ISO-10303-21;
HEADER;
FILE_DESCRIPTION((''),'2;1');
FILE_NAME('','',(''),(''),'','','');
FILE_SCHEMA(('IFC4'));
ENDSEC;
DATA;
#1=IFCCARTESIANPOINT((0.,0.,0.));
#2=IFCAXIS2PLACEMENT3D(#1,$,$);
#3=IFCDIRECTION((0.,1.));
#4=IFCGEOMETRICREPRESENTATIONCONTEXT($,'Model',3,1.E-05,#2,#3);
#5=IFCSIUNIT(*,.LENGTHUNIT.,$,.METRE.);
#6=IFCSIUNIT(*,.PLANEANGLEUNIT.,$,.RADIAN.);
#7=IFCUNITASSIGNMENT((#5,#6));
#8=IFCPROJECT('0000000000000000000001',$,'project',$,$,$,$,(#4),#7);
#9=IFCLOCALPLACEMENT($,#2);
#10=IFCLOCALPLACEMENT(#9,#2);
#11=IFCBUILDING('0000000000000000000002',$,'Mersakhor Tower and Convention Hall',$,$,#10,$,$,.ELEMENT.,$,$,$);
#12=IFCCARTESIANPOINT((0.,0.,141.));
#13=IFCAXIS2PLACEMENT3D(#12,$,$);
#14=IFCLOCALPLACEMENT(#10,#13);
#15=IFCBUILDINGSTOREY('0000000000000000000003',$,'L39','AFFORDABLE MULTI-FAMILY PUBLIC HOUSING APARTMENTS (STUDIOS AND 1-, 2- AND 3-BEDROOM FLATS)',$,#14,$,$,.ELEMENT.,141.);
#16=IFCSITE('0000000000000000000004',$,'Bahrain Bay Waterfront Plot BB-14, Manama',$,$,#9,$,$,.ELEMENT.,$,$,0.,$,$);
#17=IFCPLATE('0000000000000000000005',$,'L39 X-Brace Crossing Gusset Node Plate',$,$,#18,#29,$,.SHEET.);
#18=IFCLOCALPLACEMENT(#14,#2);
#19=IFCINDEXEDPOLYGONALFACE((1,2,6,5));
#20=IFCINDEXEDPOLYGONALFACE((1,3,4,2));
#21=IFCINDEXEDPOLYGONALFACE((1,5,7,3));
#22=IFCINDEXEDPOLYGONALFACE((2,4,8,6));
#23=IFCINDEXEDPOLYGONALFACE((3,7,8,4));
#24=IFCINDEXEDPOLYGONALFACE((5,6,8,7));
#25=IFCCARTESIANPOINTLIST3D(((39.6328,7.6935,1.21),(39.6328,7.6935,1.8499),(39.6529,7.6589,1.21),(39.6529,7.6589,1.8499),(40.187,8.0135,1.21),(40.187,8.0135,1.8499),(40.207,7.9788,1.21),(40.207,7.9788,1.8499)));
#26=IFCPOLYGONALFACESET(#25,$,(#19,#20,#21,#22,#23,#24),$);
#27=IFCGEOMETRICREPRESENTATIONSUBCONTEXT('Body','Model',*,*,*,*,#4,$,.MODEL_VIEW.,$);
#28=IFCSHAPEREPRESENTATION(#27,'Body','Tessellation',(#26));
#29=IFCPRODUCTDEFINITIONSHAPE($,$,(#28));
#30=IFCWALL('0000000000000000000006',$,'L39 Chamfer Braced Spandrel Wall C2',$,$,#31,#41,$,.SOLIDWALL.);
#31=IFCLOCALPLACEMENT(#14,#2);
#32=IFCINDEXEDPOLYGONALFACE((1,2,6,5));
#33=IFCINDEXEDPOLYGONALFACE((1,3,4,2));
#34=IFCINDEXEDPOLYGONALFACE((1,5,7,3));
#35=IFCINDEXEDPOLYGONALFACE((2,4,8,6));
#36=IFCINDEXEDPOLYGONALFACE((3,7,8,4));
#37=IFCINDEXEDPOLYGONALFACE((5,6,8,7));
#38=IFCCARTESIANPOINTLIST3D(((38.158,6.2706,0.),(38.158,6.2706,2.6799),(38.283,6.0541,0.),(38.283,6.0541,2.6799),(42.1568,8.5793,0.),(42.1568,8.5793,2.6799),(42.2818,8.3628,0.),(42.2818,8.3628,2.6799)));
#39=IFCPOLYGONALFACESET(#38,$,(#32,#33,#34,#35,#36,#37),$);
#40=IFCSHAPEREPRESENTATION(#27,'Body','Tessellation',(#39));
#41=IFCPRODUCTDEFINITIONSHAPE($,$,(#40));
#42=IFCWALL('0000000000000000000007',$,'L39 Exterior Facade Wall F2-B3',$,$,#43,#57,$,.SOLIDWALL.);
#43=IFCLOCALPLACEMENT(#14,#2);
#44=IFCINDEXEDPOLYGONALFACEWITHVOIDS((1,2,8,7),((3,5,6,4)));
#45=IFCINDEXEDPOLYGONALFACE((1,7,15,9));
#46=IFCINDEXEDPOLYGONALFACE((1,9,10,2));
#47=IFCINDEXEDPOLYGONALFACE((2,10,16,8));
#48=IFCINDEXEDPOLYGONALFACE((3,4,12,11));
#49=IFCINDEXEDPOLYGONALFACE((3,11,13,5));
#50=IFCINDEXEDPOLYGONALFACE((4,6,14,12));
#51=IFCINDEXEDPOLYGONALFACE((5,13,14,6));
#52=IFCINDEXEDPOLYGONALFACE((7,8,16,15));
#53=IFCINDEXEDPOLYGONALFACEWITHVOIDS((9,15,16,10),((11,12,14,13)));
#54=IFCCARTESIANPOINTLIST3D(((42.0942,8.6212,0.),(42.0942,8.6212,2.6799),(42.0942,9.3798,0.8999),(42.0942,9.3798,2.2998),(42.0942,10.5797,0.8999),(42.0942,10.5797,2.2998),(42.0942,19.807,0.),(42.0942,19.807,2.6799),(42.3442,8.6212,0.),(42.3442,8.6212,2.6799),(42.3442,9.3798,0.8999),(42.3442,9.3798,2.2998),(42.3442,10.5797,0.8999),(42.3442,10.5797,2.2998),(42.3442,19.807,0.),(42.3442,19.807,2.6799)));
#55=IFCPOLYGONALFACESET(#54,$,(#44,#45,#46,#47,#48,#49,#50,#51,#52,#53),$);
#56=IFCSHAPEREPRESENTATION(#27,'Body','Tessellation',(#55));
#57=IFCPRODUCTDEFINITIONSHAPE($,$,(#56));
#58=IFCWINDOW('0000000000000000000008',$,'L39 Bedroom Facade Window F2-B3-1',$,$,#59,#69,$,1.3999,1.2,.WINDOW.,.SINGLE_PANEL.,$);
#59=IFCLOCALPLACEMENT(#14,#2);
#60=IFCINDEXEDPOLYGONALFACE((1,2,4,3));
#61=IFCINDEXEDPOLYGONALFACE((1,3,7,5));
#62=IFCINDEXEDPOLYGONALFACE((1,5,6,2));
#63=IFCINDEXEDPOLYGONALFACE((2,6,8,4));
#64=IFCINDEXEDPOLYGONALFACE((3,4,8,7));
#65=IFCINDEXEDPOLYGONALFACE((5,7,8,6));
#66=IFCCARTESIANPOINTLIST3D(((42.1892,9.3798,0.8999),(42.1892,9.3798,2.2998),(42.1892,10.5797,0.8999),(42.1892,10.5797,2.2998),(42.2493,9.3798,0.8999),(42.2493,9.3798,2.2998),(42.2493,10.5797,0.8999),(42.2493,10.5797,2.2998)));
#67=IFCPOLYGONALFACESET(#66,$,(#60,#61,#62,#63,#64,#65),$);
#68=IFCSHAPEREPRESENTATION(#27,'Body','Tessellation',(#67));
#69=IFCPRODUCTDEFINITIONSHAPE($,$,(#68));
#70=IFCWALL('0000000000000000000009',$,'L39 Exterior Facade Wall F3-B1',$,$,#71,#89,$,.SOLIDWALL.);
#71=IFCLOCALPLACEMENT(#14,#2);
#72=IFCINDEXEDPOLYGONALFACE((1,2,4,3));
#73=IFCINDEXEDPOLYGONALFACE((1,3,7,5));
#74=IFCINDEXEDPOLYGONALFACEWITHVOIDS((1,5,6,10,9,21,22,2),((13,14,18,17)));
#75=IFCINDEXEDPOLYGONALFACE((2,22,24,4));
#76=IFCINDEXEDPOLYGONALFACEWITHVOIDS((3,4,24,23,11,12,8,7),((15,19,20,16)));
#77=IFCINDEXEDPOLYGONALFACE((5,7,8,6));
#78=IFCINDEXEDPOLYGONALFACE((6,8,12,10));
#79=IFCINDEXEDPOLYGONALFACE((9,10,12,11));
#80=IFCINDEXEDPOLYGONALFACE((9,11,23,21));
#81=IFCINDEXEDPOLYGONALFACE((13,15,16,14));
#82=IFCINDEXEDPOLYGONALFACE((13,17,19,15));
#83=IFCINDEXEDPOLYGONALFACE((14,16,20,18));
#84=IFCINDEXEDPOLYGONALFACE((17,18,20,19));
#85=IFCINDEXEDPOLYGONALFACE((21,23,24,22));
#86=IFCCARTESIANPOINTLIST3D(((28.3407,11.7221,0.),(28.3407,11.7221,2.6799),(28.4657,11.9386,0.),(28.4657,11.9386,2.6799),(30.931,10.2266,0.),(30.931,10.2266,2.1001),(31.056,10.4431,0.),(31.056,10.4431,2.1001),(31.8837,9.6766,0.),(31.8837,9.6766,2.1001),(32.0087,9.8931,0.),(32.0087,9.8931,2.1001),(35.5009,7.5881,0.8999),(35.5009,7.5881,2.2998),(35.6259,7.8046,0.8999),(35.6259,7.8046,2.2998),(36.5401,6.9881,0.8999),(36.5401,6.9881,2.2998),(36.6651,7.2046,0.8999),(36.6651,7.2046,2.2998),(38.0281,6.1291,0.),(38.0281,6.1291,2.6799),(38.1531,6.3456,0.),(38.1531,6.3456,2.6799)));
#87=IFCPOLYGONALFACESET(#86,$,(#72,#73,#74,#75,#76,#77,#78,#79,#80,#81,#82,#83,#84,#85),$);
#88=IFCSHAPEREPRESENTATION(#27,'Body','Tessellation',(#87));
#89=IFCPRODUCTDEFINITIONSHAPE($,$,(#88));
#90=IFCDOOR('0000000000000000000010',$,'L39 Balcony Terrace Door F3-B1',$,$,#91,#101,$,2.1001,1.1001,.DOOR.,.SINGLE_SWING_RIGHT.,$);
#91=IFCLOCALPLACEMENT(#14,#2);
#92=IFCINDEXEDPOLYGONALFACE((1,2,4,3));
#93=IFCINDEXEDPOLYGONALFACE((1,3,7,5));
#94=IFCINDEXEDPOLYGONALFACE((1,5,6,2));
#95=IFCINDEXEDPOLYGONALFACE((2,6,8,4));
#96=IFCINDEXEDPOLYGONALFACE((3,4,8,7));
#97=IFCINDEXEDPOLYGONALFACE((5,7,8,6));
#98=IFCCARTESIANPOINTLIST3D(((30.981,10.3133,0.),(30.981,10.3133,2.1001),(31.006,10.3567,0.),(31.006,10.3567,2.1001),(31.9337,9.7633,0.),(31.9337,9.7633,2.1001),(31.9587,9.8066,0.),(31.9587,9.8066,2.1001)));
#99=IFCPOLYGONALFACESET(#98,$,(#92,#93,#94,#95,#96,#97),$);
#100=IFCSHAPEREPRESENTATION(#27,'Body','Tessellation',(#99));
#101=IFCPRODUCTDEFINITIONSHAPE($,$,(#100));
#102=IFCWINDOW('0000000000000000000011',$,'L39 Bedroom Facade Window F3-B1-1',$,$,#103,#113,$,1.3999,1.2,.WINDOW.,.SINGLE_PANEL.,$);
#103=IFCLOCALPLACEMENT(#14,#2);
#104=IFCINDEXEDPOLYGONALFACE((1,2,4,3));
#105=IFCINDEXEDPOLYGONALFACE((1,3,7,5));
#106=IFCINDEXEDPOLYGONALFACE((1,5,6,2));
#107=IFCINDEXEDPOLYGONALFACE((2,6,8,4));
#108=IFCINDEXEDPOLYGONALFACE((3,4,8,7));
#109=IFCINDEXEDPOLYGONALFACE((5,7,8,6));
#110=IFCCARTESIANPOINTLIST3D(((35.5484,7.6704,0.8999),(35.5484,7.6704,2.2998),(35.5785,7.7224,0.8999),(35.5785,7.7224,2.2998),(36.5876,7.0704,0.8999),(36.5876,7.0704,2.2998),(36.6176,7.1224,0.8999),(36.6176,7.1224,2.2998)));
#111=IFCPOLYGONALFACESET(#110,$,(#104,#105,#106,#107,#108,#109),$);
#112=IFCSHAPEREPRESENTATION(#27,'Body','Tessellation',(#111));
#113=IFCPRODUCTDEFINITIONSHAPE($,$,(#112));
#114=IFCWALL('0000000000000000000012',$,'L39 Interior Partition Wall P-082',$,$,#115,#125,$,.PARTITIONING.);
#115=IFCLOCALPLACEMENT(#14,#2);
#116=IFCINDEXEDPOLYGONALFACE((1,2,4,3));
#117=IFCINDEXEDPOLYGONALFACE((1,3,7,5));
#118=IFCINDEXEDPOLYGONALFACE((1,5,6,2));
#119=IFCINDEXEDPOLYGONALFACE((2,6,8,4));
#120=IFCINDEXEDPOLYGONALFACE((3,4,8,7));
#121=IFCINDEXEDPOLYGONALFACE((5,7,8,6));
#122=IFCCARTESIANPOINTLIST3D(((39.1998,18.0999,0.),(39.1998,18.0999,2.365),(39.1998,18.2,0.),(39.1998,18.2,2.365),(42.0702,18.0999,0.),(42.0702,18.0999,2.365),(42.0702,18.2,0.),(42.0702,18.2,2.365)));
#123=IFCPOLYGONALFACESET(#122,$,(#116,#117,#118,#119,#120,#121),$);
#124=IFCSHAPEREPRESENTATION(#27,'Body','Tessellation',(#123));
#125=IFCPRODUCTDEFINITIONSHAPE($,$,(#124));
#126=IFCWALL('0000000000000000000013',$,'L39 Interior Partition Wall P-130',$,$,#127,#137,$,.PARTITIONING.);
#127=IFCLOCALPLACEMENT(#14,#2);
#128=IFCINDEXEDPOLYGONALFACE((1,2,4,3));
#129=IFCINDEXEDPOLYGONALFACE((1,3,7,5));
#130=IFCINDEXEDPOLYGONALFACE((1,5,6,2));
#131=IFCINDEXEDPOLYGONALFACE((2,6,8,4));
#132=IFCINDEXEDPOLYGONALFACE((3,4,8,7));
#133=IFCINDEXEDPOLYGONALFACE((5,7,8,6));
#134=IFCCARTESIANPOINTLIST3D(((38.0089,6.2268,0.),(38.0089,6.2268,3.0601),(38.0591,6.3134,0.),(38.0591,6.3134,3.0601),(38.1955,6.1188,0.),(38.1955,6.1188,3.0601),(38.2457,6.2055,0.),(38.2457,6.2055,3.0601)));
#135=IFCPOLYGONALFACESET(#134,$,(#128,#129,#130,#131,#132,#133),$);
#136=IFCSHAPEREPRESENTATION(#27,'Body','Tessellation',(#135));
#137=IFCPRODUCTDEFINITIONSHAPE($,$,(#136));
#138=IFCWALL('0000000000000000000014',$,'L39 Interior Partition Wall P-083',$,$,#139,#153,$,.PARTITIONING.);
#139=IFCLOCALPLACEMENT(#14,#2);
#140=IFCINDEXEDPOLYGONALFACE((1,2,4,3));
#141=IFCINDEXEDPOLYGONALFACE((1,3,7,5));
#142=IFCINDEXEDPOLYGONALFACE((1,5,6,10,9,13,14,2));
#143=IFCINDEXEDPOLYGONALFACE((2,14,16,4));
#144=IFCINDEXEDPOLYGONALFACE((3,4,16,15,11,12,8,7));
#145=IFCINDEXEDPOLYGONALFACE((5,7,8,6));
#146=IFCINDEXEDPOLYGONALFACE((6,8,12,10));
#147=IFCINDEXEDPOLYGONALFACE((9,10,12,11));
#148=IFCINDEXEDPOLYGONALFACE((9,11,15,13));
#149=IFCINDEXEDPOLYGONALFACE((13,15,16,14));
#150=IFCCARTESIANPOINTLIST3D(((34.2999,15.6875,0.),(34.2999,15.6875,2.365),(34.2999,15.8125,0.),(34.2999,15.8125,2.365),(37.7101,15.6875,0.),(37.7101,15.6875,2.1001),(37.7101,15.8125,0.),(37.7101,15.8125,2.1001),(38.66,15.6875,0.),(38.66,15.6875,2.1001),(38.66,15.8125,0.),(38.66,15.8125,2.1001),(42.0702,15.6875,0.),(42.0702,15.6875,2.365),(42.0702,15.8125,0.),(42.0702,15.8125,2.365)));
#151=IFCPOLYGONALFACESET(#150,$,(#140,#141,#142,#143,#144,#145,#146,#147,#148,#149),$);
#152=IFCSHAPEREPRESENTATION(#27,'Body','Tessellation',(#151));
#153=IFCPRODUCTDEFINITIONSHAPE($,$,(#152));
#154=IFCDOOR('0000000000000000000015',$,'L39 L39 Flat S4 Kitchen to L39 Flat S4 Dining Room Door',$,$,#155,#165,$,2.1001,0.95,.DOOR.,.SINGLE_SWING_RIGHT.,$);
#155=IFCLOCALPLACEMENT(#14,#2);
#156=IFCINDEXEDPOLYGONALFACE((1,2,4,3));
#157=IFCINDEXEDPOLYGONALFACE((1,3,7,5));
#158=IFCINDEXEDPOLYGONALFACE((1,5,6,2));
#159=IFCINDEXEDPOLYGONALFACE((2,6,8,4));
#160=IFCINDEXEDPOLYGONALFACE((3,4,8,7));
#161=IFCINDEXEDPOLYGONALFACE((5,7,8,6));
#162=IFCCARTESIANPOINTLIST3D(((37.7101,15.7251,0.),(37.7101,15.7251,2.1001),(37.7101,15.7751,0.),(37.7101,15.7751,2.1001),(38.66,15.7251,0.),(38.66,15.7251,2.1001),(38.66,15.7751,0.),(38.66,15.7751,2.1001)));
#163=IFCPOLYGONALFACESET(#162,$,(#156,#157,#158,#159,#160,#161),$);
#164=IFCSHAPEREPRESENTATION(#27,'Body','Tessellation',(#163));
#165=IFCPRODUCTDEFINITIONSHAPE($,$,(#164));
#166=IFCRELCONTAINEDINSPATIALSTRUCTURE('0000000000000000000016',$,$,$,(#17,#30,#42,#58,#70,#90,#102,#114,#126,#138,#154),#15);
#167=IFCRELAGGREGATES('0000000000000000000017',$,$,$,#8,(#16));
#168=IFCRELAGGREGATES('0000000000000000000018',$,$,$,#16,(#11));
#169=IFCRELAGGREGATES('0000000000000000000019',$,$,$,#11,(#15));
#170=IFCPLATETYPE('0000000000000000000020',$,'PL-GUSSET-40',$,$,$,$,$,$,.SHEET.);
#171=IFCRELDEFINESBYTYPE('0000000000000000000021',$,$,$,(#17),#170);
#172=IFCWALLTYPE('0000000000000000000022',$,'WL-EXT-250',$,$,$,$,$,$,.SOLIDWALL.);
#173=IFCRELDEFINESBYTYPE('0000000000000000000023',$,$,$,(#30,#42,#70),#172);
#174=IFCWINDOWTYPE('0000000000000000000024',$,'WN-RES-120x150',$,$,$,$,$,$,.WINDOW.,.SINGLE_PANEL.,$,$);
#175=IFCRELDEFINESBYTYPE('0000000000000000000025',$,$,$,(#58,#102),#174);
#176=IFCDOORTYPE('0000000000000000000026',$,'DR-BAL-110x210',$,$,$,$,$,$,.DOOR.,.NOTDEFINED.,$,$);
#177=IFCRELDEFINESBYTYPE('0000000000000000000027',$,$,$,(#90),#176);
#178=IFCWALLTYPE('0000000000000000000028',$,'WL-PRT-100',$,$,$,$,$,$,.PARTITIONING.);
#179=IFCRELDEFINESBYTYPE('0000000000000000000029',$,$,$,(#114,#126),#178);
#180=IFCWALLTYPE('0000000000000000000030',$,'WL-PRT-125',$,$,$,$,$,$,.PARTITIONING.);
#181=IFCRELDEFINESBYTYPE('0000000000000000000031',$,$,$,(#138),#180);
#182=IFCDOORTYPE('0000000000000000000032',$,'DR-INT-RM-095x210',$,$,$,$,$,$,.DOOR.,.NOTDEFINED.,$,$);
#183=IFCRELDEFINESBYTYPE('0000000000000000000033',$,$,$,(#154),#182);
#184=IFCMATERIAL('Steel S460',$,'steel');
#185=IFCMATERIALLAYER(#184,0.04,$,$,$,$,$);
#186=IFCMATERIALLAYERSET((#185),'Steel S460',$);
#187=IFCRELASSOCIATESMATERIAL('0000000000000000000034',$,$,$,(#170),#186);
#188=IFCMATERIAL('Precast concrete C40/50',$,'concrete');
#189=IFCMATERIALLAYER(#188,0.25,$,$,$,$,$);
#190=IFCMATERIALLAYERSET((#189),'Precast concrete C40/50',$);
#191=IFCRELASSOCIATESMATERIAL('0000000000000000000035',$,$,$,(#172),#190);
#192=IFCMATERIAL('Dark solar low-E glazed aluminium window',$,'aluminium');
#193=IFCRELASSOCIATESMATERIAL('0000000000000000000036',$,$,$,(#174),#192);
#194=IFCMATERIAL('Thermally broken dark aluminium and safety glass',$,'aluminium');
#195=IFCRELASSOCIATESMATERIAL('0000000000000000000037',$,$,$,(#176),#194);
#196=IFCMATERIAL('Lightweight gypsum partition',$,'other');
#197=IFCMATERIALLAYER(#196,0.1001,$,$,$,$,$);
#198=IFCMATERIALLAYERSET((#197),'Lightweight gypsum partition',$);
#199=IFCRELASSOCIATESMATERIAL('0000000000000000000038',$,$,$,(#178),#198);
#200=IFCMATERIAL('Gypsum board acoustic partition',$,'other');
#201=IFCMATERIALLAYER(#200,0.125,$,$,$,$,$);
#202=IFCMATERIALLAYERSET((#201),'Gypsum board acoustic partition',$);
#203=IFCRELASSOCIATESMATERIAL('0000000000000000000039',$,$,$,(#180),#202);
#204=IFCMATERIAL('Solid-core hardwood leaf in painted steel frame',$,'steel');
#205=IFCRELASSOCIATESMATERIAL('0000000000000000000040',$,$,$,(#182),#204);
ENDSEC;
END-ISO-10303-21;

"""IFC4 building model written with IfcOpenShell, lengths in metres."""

from ifc_helpers import new_model, si_unit, direction, frame, frame_2d, origin, origin_2d, place, context, subcontext, project, spatial, rectangle, extrude, material, layer, layer_set, type_object, element, fill, save


model = new_model("IFC4")

# Units and contexts
model_context = context("Model", 3, precision=1e-05, world=origin(), true_north=direction((0.0, 1.0)))
body_context = subcontext(model_context, "Body", "Model", "MODEL_VIEW")
ifc_project = project(units=[si_unit("LENGTHUNIT", "METRE"), si_unit("PLANEANGLEUNIT", "RADIAN")], contexts=[model_context])

# Site, building, storey
site_placement = place(None, origin())
site = spatial("IfcSite", under=ifc_project, at=site_placement, Name="Bahrain Bay Waterfront Plot BB-14, Manama", CompositionType="ELEMENT", RefElevation=0.0)
building_placement = place(site_placement, origin())
building = spatial("IfcBuilding", under=site, at=building_placement, Name="Mersakhor Tower and Convention Hall", CompositionType="ELEMENT")
storey_placement = place(building_placement, frame((0.0, 0.0, 141.0)))
storey = spatial("IfcBuildingStorey", under=building, at=storey_placement, Name="L39", Description="AFFORDABLE MULTI-FAMILY PUBLIC HOUSING APARTMENTS (STUDIOS AND 1-, 2- AND 3-BEDROOM FLATS)", CompositionType="ELEMENT", Elevation=141.0)

# Plate
ifc_material_1 = material(Name="Steel S460", Category="steel")
ifc_layer_1 = layer(ifc_material_1, 0.04)
ifc_layer_set_1 = layer_set([ifc_layer_1], Name="Steel S460")
plate_type_1 = type_object("IfcPlateType", Name="PL-GUSSET-40", PredefinedType="SHEET", material=ifc_layer_set_1)
plate_1_placement = place(storey_placement, frame((39.9199, 7.8362, 1.21), z_axis=(0.0, 0.0, 1.0), x_axis=(0.866025, 0.5, 0.0)))
element("IfcPlate", 1, at=plate_1_placement, inside=storey, type_object=plate_type_1, Name="L39 X-Brace Crossing Gusset Node Plate", PredefinedType="SHEET", context=body_context, shape_type="SweptSolid", body=[
    extrude(rectangle(XDim=0.6399, YDim=0.04, at=origin_2d()), origin(), (0.0, 0.0, 1.0), 0.6399),
])

# Wall
ifc_material_2 = material(Name="Precast concrete C40/50", Category="concrete")
ifc_layer_2 = layer(ifc_material_2, 0.25)
ifc_layer_set_2 = layer_set([ifc_layer_2], Name="Precast concrete C40/50")
wall_type_1 = type_object("IfcWallType", Name="WL-EXT-250", PredefinedType="SOLIDWALL", material=ifc_layer_set_2)
wall_1_placement = place(storey_placement, frame((42.2192, 8.4709, 0.0), z_axis=(0.0, 0.0, 1.0), x_axis=(-0.866035, -0.499983, 0.0)))
element("IfcWall", 2, at=wall_1_placement, inside=storey, type_object=wall_type_1, Name="L39 Chamfer Braced Spandrel Wall C2", PredefinedType="SOLIDWALL", context=body_context, shape_type="SweptSolid", body=[
    extrude(rectangle(XDim=4.6174, YDim=0.25, at=frame_2d((2.3086, 0.0))), origin(), (0.0, 0.0, 1.0), 2.6799),
])

# Wall, opening, window
wall_2_placement = place(storey_placement, frame((42.2192, 19.8069, 0.0), z_axis=(0.0, 0.0, 1.0), x_axis=(0.0, -1.0, 0.0)))
wall_2 = element("IfcWall", 3, at=wall_2_placement, inside=storey, type_object=wall_type_1, Name="L39 Exterior Facade Wall F2-B3", PredefinedType="SOLIDWALL", context=body_context, shape_type="SweptSolid", body=[
    extrude(rectangle(XDim=11.1858, YDim=0.25, at=frame_2d((5.5928, 0.0))), origin(), (0.0, 0.0, 1.0), 2.6799),
])
opening_1_placement = place(wall_2_placement, frame((9.2271, 0.0, 0.8999)))
opening_1 = element("IfcOpeningElement", 4, at=opening_1_placement, cuts=wall_2, PredefinedType="OPENING", context=body_context, shape_type="SweptSolid", body=[
    extrude(rectangle(XDim=1.2, YDim=1.3999, at=frame_2d((0.6001, 0.7))), frame((0.0, 0.135, 0.0), z_axis=(0.0, -1.0, 0.0), x_axis=(1.0, 0.0, 0.0)), (0.0, 0.0, 1.0), 0.27),
])
ifc_material_3 = material(Name="Dark solar low-E glazed aluminium window", Category="aluminium")
window_type = type_object("IfcWindowType", Name="WN-RES-120x150", PartitioningType="SINGLE_PANEL", PredefinedType="WINDOW", material=ifc_material_3)
window_1_placement = place(opening_1_placement, origin())
window_1 = element("IfcWindow", 5, at=window_1_placement, inside=storey, type_object=window_type, Name="L39 Bedroom Facade Window F2-B3-1", OverallHeight=1.3999, OverallWidth=1.2, PartitioningType="SINGLE_PANEL", PredefinedType="WINDOW", context=body_context, shape_type="SweptSolid", body=[
    extrude(rectangle(XDim=1.2, YDim=1.3999, at=frame_2d((0.6001, 0.7))), frame((0.0, 0.03, 0.0), z_axis=(0.0, -1.0, 0.0), x_axis=(1.0, 0.0, 0.0)), (0.0, 0.0, 1.0), 0.0601),
])
fill(opening_1, window_1)

# Wall, openings, door, window
wall_3_placement = place(storey_placement, frame((38.0906, 6.2373, 0.0), z_axis=(0.0, 0.0, 1.0), x_axis=(-0.866022, 0.500005, 0.0)))
wall_3 = element("IfcWall", 6, at=wall_3_placement, inside=storey, type_object=wall_type_1, Name="L39 Exterior Facade Wall F3-B1", PredefinedType="SOLIDWALL", context=body_context, shape_type="SweptSolid", body=[
    extrude(rectangle(XDim=11.186, YDim=0.25, at=frame_2d((5.593, 0.0))), origin(), (0.0, 0.0, 1.0), 2.6799),
])
opening_2_placement = place(wall_3_placement, frame((7.095, 0.0, 0.0)))
opening_2 = element("IfcOpeningElement", 7, at=opening_2_placement, cuts=wall_3, PredefinedType="OPENING", context=body_context, shape_type="SweptSolid", body=[
    extrude(rectangle(XDim=1.1001, YDim=2.1001, at=frame_2d((0.55, 1.05))), frame((0.0, 0.135, 0.0), z_axis=(0.0, -1.0, 0.0), x_axis=(1.0, 0.0, 0.0)), (0.0, 0.0, 1.0), 0.27),
])
opening_3_placement = place(wall_3_placement, frame((1.718, 0.0, 0.8999)))
opening_3 = element("IfcOpeningElement", 8, at=opening_3_placement, cuts=wall_3, PredefinedType="OPENING", context=body_context, shape_type="SweptSolid", body=[
    extrude(rectangle(XDim=1.2, YDim=1.3999, at=frame_2d((0.6001, 0.7))), frame((0.0, 0.135, 0.0), z_axis=(0.0, -1.0, 0.0), x_axis=(1.0, 0.0, 0.0)), (0.0, 0.0, 1.0), 0.27),
])
ifc_material_4 = material(Name="Thermally broken dark aluminium and safety glass", Category="aluminium")
door_type_1 = type_object("IfcDoorType", Name="DR-BAL-110x210", OperationType="NOTDEFINED", PredefinedType="DOOR", material=ifc_material_4)
door_1_placement = place(opening_2_placement, origin())
door_1 = element("IfcDoor", 9, at=door_1_placement, inside=storey, type_object=door_type_1, Name="L39 Balcony Terrace Door F3-B1", OperationType="SINGLE_SWING_RIGHT", OverallHeight=2.1001, OverallWidth=1.1001, PredefinedType="DOOR", context=body_context, shape_type="SweptSolid", body=[
    extrude(rectangle(XDim=1.1001, YDim=2.1001, at=frame_2d((0.55, 1.05))), frame((0.0, 0.0249, 0.0), z_axis=(0.0, -1.0, 0.0), x_axis=(1.0, 0.0, 0.0)), (0.0, 0.0, 1.0), 0.05),
])
fill(opening_2, door_1)
window_2_placement = place(opening_3_placement, origin())
window_2 = element("IfcWindow", 10, at=window_2_placement, inside=storey, type_object=window_type, Name="L39 Bedroom Facade Window F3-B1-1", OverallHeight=1.3999, OverallWidth=1.2, PartitioningType="SINGLE_PANEL", PredefinedType="WINDOW", context=body_context, shape_type="SweptSolid", body=[
    extrude(rectangle(XDim=1.2, YDim=1.3999, at=frame_2d((0.6001, 0.7))), frame((0.0, 0.03, 0.0), z_axis=(0.0, -1.0, 0.0), x_axis=(1.0, 0.0, 0.0)), (0.0, 0.0, 1.0), 0.0601),
])
fill(opening_3, window_2)

# Walls
ifc_material_5 = material(Name="Lightweight gypsum partition", Category="other")
ifc_layer_3 = layer(ifc_material_5, 0.1001)
ifc_layer_set_3 = layer_set([ifc_layer_3], Name="Lightweight gypsum partition")
wall_type_2 = type_object("IfcWallType", Name="WL-PRT-100", PredefinedType="PARTITIONING", material=ifc_layer_set_3)
wall_4_placement = place(storey_placement, frame((39.2, 18.1499, 0.0), z_axis=(0.0, 0.0, 1.0), x_axis=(1.0, 0.0, 0.0)))
element("IfcWall", 11, at=wall_4_placement, inside=storey, type_object=wall_type_2, Name="L39 Interior Partition Wall P-082", PredefinedType="PARTITIONING", context=body_context, shape_type="SweptSolid", body=[
    extrude(rectangle(XDim=2.8704, YDim=0.1001, at=frame_2d((1.4351, 0.0))), origin(), (0.0, 0.0, 1.0), 2.365),
])
wall_5_placement = place(storey_placement, frame((38.2207, 6.1621, 0.0), z_axis=(0.0, 0.0, 1.0), x_axis=(-0.865581, 0.500768, 0.0)))
element("IfcWall", 12, at=wall_5_placement, inside=storey, type_object=wall_type_2, Name="L39 Interior Partition Wall P-130", PredefinedType="PARTITIONING", context=body_context, shape_type="SweptSolid", body=[
    extrude(rectangle(XDim=0.2156, YDim=0.1001, at=frame_2d((0.1079, 0.0))), origin(), (0.0, 0.0, 1.0), 3.0601),
])

# Wall, opening, door
ifc_material_6 = material(Name="Gypsum board acoustic partition", Category="other")
ifc_layer_4 = layer(ifc_material_6, 0.125)
ifc_layer_set_4 = layer_set([ifc_layer_4], Name="Gypsum board acoustic partition")
wall_type_3 = type_object("IfcWallType", Name="WL-PRT-125", PredefinedType="PARTITIONING", material=ifc_layer_set_4)
wall_6_placement = place(storey_placement, frame((42.0703, 15.75, 0.0), z_axis=(0.0, 0.0, 1.0), x_axis=(-1.0, 0.0, 0.0)))
wall_6 = element("IfcWall", 13, at=wall_6_placement, inside=storey, type_object=wall_type_3, Name="L39 Interior Partition Wall P-083", PredefinedType="PARTITIONING", context=body_context, shape_type="SweptSolid", body=[
    extrude(rectangle(XDim=7.7703, YDim=0.125, at=frame_2d((3.8853, 0.0))), origin(), (0.0, 0.0, 1.0), 2.365),
])
opening_4_placement = place(wall_6_placement, frame((3.4102, 0.0, 0.0)))
opening_4 = element("IfcOpeningElement", 14, at=opening_4_placement, cuts=wall_6, PredefinedType="OPENING", context=body_context, shape_type="SweptSolid", body=[
    extrude(rectangle(XDim=0.95, YDim=2.1001, at=frame_2d((0.4751, 1.05))), frame((0.0, 0.0725, 0.0), z_axis=(0.0, -1.0, 0.0), x_axis=(1.0, 0.0, 0.0)), (0.0, 0.0, 1.0), 0.145),
])
ifc_material_7 = material(Name="Solid-core hardwood leaf in painted steel frame", Category="steel")
door_type_2 = type_object("IfcDoorType", Name="DR-INT-RM-095x210", OperationType="NOTDEFINED", PredefinedType="DOOR", material=ifc_material_7)
door_2_placement = place(opening_4_placement, origin())
door_2 = element("IfcDoor", 15, at=door_2_placement, inside=storey, type_object=door_type_2, Name="L39 L39 Flat S4 Kitchen to L39 Flat S4 Dining Room Door", OperationType="SINGLE_SWING_RIGHT", OverallHeight=2.1001, OverallWidth=0.95, PredefinedType="DOOR", context=body_context, shape_type="SweptSolid", body=[
    extrude(rectangle(XDim=0.95, YDim=2.1001, at=frame_2d((0.4751, 1.05))), frame((0.0, 0.0249, 0.0), z_axis=(0.0, -1.0, 0.0), x_axis=(1.0, 0.0, 0.0)), (0.0, 0.0, 1.0), 0.05),
])
fill(opening_4, door_2)

save(model, "model.ifc")
